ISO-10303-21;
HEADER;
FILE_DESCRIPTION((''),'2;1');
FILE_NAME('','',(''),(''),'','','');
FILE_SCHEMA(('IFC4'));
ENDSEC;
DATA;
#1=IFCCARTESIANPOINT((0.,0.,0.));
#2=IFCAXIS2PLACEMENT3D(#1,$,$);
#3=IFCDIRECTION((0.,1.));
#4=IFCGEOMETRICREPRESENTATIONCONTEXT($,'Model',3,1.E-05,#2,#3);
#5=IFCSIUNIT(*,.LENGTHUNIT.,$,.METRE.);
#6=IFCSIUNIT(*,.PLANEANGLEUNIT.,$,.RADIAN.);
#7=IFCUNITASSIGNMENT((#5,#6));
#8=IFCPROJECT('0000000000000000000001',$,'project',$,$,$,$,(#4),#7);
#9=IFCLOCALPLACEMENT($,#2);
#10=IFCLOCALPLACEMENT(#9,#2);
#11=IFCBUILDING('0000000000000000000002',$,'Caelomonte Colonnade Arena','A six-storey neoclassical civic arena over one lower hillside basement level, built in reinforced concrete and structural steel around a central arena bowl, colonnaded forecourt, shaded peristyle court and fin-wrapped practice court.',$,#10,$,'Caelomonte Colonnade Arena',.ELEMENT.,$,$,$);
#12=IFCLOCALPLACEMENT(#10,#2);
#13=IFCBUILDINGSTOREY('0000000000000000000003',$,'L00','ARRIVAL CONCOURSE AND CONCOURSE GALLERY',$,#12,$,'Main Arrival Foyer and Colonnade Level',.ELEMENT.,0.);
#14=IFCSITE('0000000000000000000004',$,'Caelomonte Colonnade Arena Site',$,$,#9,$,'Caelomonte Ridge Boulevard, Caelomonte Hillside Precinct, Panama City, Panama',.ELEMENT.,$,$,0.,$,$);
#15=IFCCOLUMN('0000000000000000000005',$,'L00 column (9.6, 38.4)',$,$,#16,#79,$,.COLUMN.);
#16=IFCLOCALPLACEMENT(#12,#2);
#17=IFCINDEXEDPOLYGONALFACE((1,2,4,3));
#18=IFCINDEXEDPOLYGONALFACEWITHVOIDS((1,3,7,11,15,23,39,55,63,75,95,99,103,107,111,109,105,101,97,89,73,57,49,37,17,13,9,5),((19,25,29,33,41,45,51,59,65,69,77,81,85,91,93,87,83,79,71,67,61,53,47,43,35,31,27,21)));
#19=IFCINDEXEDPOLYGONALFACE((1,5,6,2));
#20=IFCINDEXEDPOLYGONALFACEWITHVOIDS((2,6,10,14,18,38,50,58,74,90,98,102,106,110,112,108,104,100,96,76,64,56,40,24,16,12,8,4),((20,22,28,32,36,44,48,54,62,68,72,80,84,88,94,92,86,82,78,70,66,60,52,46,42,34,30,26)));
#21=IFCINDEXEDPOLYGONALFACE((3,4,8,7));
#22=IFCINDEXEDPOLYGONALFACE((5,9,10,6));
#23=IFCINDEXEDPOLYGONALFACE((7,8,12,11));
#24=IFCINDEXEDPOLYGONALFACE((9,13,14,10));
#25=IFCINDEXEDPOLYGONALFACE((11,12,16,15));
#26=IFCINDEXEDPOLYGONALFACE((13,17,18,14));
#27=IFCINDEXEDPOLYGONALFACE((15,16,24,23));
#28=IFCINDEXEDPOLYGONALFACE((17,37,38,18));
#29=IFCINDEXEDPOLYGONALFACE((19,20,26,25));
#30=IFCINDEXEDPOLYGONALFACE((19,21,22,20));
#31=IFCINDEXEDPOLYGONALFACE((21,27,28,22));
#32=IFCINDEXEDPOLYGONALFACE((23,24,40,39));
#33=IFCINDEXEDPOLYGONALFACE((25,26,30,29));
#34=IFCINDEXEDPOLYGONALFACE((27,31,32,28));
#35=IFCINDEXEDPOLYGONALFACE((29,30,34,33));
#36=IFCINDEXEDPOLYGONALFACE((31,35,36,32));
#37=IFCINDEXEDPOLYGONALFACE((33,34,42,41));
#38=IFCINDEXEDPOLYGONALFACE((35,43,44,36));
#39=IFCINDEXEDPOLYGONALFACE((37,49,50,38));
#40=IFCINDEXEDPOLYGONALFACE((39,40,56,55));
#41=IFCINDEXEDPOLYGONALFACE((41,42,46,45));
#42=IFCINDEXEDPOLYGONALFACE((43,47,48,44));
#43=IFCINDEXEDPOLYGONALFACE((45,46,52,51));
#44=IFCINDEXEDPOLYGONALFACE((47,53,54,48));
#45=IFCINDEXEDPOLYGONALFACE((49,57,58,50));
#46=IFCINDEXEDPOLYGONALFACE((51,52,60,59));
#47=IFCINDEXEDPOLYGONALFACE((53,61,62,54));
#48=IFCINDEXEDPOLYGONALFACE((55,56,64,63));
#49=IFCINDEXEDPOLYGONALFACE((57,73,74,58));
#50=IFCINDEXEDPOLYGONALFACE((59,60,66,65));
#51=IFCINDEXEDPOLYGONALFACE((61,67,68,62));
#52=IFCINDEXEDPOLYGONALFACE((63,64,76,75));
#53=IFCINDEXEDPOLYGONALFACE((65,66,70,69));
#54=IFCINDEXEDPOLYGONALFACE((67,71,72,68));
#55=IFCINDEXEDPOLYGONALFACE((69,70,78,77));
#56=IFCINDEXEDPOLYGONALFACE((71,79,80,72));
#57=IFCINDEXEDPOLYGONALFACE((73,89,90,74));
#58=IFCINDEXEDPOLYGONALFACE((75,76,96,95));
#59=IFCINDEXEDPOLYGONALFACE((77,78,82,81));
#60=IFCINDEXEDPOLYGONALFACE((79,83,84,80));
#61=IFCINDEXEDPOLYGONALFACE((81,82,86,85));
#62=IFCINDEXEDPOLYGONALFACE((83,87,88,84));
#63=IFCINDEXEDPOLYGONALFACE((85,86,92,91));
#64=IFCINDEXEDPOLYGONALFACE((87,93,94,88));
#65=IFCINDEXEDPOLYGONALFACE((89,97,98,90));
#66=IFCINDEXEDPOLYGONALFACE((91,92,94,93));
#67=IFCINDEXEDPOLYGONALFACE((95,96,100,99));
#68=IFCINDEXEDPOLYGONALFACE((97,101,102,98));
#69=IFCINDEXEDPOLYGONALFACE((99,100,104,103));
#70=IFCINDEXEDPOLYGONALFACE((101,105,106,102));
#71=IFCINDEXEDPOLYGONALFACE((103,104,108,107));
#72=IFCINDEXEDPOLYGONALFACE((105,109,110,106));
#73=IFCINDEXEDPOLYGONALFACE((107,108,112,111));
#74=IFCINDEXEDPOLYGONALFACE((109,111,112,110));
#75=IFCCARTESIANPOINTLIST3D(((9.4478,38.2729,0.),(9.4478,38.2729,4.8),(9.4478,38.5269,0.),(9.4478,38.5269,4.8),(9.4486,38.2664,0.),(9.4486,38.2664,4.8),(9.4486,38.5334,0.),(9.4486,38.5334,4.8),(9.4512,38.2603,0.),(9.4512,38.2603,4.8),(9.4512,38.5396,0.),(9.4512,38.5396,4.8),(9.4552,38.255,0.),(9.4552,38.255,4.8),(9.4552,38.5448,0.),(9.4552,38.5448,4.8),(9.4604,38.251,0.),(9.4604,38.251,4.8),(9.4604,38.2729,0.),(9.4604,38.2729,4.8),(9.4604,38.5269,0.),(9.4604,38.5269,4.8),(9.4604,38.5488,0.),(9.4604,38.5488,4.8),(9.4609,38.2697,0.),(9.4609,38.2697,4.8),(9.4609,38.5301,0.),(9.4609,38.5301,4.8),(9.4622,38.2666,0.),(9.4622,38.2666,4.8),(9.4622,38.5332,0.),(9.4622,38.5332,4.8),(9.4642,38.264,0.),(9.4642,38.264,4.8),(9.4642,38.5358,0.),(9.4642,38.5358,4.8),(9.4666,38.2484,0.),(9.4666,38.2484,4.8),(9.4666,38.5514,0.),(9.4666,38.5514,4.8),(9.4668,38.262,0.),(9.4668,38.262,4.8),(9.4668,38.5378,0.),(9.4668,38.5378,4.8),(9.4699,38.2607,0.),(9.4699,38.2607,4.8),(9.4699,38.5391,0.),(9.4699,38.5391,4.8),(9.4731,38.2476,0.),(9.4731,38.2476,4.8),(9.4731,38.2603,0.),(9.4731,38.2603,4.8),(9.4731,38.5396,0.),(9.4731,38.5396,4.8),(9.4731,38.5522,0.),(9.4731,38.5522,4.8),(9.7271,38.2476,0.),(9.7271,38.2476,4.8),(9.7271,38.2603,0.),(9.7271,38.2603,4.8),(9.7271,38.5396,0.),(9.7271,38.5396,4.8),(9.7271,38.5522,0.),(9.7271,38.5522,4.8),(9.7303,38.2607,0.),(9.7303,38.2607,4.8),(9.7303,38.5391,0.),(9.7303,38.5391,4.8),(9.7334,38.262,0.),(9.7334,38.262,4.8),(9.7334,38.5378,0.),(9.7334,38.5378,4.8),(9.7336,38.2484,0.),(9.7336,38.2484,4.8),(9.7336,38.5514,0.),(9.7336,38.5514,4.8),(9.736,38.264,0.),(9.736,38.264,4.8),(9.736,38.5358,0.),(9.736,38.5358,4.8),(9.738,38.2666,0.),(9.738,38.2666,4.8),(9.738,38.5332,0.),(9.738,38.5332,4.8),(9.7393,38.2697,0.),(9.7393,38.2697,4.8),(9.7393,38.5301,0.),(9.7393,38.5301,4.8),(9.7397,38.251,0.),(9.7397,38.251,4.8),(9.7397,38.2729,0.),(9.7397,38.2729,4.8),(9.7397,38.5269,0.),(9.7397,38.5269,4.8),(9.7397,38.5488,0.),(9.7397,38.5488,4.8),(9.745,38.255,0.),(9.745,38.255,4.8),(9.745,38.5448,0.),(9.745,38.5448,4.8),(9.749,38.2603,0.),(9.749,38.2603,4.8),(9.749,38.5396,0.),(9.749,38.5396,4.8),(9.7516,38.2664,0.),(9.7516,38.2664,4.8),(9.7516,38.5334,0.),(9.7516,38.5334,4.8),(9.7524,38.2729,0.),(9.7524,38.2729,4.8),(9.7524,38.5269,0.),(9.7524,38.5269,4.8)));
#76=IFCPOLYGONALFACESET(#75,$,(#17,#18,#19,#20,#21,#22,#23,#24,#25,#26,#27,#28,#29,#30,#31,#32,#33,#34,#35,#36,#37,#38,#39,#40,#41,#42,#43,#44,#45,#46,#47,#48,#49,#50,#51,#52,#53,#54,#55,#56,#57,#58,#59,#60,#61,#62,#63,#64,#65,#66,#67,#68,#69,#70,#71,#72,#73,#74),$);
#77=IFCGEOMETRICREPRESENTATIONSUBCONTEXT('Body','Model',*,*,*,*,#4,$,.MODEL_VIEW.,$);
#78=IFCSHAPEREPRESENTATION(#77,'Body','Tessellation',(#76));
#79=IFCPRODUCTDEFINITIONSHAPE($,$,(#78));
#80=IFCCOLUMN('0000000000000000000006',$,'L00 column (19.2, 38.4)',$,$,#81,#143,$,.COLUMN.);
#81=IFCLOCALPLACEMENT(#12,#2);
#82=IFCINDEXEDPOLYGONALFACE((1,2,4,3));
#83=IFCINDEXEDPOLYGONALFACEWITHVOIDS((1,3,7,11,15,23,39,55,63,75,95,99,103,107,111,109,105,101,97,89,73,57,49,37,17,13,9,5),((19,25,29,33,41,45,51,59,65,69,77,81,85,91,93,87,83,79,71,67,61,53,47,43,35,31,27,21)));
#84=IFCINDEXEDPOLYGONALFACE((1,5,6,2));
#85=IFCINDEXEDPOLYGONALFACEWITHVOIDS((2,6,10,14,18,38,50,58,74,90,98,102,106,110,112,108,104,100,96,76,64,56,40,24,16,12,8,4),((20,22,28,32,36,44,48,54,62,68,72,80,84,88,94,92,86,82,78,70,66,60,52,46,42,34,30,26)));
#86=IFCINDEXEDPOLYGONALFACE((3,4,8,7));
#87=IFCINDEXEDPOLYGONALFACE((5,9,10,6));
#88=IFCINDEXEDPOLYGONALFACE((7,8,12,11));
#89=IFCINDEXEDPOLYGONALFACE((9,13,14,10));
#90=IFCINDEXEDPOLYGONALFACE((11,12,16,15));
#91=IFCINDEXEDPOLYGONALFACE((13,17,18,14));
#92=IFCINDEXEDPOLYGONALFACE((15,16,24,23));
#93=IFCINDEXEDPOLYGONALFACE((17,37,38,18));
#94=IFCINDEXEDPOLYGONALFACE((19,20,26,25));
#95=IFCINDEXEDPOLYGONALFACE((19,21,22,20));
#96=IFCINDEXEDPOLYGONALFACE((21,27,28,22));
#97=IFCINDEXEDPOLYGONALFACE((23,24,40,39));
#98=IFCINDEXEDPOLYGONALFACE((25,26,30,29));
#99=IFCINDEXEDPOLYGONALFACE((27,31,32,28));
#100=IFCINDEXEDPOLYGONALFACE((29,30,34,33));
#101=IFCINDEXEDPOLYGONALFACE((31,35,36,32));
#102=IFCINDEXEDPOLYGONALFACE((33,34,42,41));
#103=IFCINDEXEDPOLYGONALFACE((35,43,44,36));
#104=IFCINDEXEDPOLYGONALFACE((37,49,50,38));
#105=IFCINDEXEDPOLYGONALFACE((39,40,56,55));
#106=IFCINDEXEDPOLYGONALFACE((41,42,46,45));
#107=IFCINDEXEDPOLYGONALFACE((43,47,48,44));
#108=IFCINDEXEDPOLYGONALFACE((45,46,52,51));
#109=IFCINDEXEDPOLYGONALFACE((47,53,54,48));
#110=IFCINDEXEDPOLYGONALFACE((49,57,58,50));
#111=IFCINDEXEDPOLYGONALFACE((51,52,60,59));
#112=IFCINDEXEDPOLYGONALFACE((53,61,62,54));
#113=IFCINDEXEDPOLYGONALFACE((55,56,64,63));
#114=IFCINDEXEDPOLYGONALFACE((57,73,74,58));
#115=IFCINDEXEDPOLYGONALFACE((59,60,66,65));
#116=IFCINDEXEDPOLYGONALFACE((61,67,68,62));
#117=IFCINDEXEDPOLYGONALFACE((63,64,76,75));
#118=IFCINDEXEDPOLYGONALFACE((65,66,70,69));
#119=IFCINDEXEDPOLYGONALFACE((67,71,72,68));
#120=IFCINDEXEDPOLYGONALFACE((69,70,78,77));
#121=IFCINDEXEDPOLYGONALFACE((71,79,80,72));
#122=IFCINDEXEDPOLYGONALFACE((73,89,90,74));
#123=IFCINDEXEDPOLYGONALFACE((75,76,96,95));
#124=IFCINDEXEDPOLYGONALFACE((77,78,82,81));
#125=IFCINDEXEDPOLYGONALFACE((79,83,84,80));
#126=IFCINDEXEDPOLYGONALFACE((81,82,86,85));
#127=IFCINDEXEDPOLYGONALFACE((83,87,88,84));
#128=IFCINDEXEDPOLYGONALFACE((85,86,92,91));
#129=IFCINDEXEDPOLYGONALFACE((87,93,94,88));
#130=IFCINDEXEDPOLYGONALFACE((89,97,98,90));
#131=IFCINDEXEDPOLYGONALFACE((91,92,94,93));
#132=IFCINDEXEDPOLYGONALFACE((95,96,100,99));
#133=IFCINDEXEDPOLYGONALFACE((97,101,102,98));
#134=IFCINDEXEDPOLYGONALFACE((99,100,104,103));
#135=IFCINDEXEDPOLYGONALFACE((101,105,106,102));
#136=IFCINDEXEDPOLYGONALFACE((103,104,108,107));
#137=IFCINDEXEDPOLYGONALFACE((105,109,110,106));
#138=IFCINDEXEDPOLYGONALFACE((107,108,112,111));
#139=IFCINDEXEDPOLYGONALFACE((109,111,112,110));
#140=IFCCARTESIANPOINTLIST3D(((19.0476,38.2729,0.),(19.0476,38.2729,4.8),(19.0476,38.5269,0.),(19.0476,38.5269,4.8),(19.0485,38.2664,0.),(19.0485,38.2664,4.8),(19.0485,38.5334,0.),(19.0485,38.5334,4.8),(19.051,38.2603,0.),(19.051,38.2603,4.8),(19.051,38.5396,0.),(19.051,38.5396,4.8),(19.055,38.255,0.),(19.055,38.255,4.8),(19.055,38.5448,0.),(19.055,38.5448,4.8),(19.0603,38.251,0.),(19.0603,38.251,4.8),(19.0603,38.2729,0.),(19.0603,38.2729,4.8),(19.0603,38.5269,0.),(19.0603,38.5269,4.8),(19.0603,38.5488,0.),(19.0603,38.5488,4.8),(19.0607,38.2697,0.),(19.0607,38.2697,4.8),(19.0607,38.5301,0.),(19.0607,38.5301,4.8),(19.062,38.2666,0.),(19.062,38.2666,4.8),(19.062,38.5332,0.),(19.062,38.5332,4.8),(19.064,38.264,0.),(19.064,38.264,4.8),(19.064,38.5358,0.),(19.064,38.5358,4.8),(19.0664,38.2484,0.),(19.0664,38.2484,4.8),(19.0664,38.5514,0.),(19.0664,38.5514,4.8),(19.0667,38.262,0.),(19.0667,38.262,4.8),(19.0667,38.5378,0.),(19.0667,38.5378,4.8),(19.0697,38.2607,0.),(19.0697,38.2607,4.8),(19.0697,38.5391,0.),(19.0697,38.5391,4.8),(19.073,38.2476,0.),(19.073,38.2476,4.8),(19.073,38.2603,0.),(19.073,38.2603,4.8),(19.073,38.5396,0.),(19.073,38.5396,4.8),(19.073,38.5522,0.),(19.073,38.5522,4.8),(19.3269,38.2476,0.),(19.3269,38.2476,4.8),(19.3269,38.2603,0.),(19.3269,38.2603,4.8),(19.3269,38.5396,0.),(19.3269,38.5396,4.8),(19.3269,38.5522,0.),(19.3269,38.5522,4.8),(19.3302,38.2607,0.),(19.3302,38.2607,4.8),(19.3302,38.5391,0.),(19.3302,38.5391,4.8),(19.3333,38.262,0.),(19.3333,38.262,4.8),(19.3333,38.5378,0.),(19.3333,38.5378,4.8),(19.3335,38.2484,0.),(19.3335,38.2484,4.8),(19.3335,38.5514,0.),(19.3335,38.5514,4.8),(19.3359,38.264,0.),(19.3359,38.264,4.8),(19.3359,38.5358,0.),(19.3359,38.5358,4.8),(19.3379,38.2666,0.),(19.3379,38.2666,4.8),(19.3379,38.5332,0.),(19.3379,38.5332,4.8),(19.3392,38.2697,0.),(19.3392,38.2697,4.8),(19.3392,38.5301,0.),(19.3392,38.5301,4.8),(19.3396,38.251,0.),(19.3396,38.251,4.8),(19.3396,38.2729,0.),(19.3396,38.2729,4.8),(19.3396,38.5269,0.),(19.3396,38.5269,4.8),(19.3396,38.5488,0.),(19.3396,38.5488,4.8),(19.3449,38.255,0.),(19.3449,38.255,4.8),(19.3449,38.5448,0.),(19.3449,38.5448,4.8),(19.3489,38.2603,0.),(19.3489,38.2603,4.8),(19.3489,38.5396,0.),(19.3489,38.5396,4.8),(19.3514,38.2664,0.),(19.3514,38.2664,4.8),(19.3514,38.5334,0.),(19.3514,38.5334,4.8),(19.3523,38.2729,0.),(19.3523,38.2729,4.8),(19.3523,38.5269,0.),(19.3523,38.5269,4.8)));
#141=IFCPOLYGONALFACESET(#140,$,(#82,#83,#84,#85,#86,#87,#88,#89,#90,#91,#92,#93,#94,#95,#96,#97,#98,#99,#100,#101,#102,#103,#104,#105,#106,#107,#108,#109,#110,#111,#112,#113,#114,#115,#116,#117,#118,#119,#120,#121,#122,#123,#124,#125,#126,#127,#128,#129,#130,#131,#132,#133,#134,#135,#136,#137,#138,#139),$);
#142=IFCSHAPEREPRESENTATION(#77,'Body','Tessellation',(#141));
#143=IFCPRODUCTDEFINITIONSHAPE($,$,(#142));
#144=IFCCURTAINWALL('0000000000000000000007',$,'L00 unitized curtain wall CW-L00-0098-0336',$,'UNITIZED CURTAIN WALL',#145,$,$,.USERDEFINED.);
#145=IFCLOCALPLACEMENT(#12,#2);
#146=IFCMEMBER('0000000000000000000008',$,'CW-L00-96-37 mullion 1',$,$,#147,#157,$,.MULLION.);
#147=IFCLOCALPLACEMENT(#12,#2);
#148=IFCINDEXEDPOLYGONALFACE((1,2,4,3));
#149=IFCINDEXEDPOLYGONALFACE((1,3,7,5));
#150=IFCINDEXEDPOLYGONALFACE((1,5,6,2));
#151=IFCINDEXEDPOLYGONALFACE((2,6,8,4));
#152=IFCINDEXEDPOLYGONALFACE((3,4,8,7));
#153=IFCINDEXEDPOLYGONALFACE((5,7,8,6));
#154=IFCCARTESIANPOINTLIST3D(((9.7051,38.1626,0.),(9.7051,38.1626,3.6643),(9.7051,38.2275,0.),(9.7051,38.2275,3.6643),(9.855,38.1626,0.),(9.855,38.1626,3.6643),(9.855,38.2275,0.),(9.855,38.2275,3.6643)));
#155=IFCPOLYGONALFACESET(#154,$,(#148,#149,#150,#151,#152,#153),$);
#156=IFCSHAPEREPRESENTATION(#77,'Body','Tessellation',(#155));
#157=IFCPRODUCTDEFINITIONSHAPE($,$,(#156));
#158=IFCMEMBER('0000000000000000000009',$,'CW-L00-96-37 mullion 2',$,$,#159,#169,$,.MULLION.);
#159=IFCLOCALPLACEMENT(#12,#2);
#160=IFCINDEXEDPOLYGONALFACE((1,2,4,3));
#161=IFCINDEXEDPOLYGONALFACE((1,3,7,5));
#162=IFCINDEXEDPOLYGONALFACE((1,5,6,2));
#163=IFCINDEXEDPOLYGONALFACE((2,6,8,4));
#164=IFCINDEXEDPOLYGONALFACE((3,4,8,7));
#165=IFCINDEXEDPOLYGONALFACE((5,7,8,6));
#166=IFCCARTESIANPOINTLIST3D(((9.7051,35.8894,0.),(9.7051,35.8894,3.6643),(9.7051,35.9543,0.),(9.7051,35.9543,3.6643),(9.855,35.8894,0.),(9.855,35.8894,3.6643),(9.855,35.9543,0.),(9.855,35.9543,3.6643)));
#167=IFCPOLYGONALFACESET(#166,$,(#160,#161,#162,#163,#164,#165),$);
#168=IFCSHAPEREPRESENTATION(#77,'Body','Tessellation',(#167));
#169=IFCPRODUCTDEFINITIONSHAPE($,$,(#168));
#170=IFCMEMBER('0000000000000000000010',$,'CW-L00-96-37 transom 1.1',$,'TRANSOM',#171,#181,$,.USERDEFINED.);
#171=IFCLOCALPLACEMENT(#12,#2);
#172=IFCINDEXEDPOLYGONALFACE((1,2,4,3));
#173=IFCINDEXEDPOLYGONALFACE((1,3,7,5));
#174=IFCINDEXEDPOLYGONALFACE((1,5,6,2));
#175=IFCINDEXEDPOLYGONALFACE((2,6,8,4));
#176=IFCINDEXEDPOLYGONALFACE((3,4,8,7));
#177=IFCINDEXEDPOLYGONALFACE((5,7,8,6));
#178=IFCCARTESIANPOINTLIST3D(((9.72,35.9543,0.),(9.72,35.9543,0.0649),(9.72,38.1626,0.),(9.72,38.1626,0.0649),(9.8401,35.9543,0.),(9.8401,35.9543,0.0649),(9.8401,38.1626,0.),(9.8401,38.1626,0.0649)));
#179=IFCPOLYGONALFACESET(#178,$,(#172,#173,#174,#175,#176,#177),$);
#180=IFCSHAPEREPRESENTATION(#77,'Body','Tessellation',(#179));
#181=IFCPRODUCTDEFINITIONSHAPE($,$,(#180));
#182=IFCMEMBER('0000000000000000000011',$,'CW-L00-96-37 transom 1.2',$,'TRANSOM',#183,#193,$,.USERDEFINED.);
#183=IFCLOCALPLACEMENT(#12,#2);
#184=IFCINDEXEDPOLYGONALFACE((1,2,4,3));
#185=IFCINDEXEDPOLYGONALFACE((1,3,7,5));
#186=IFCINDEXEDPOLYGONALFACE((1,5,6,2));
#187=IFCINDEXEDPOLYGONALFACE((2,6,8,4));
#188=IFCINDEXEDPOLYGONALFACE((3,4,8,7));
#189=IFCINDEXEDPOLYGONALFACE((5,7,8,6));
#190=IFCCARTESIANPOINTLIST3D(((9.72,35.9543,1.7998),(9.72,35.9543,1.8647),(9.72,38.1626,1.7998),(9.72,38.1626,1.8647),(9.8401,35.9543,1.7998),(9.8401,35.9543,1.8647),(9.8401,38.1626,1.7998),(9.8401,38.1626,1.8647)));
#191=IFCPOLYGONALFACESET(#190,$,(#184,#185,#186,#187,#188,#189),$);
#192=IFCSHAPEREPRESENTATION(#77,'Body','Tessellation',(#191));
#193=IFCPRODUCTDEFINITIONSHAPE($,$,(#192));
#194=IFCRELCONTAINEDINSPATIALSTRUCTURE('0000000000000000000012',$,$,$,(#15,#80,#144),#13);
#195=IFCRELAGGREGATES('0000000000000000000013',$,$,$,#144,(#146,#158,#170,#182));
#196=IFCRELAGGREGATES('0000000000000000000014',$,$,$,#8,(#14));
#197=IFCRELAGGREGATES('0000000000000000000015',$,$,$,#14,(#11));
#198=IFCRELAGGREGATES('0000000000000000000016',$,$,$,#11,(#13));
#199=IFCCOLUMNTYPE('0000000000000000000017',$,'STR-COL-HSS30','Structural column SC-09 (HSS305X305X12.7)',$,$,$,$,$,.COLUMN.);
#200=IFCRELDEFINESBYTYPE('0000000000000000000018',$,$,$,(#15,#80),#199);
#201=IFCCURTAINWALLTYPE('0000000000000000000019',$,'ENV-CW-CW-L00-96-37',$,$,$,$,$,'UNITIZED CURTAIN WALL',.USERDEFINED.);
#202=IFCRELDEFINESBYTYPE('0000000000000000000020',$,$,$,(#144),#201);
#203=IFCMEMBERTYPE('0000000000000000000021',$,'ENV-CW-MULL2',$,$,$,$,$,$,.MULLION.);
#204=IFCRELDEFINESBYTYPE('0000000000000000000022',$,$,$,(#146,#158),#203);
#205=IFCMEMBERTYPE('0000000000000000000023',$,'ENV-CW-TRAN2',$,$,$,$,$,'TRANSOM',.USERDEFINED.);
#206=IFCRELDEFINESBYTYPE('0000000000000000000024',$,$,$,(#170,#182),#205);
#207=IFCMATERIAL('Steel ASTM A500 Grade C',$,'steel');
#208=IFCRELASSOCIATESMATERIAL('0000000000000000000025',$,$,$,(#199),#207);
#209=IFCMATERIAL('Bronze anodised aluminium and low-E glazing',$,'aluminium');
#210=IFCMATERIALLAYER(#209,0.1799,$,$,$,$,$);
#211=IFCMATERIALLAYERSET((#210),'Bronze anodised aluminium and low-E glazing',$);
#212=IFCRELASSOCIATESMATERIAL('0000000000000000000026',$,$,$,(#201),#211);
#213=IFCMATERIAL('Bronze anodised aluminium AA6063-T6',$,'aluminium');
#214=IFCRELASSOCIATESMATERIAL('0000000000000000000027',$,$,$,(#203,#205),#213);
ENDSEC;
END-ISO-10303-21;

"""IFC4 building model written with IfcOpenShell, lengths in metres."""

from ifc_helpers import new_model, si_unit, direction, frame, origin, origin_2d, place, context, subcontext, project, spatial, rectangle, hollow_rectangle, extrude, material, layer, layer_set, material_profile, profile_set, type_object, element, aggregate, save


model = new_model("IFC4")

# Units and contexts
model_context = context("Model", 3, precision=1e-05, world=origin(), true_north=direction((0.0, 1.0)))
body_context = subcontext(model_context, "Body", "Model", "MODEL_VIEW")
ifc_project = project(units=[si_unit("LENGTHUNIT", "METRE"), si_unit("PLANEANGLEUNIT", "RADIAN")], contexts=[model_context])

# Site, building, storey
site_placement = place(None, origin())
site = spatial("IfcSite", under=ifc_project, at=site_placement, Name="Caelomonte Colonnade Arena Site", LongName="Caelomonte Ridge Boulevard, Caelomonte Hillside Precinct, Panama City, Panama", CompositionType="ELEMENT", RefElevation=0.0)
building_placement = place(site_placement, origin())
building = spatial("IfcBuilding", under=site, at=building_placement, Name="Caelomonte Colonnade Arena", Description="A six-storey neoclassical civic arena over one lower hillside basement level, built in reinforced concrete and structural steel around a central arena bowl, colonnaded forecourt, shaded peristyle court and fin-wrapped practice court.", LongName="Caelomonte Colonnade Arena", CompositionType="ELEMENT")
storey_placement = place(building_placement, origin())
storey = spatial("IfcBuildingStorey", under=building, at=storey_placement, Name="L00", Description="ARRIVAL CONCOURSE AND CONCOURSE GALLERY", LongName="Main Arrival Foyer and Colonnade Level", CompositionType="ELEMENT", Elevation=0.0)

# Columns
ifc_material_1 = material(Name="Steel ASTM A500 Grade C", Category="steel")
ifc_material_profile_1 = material_profile(ifc_material_1, hollow_rectangle(XDim=0.3047, YDim=0.3047, WallThickness=0.0127, InnerFilletRadius=0.0127, OuterFilletRadius=0.0254, at=origin_2d()), Name="HSS305X305X12.7")
ifc_profile_set_1 = profile_set([ifc_material_profile_1], Name="Steel ASTM A500 Grade C")
column_type = type_object("IfcColumnType", Name="STR-COL-HSS30", Description="Structural column SC-09 (HSS305X305X12.7)", PredefinedType="COLUMN", material=ifc_profile_set_1)
for number, where, z_axis, x_axis, name in (
    (1, (9.6001, 38.3999, 0.0), (0.0, 0.0, 1.0), (1.0, 0.0, 0.0), "L00 column (9.6, 38.4)"),
    (2, (19.2, 38.3999, 0.0), (0.0, 0.0, 1.0), (1.0, 0.0, 0.0), "L00 column (19.2, 38.4)"),
):
    element("IfcColumn", number, at=place(storey_placement, frame(where, z_axis=z_axis, x_axis=x_axis)), inside=storey, type_object=column_type, Name=name, PredefinedType="COLUMN", context=body_context, shape_type="SweptSolid", body=[
        extrude(hollow_rectangle(XDim=0.3047, YDim=0.3047, WallThickness=0.0127, InnerFilletRadius=0.0127, OuterFilletRadius=0.0254, at=origin_2d()), origin(), (0.0, 0.0, 1.0), 4.8),
    ])

# Curtain wall, members
ifc_material_2 = material(Name="Bronze anodised aluminium and low-E glazing", Category="aluminium")
ifc_layer_1 = layer(ifc_material_2, 0.1799)
ifc_layer_set_1 = layer_set([ifc_layer_1], Name="Bronze anodised aluminium and low-E glazing")
curtain_wall_type = type_object("IfcCurtainWallType", Name="ENV-CW-CW-L00-96-37", ElementType="UNITIZED CURTAIN WALL", PredefinedType="USERDEFINED", material=ifc_layer_set_1)
curtain_wall_placement = place(storey_placement, origin())
curtain_wall = element("IfcCurtainWall", 3, at=curtain_wall_placement, inside=storey, type_object=curtain_wall_type, Name="L00 unitized curtain wall CW-L00-0098-0336", ObjectType="UNITIZED CURTAIN WALL", PredefinedType="USERDEFINED")
ifc_material_3 = material(Name="Bronze anodised aluminium AA6063-T6", Category="aluminium")
ifc_material_profile_2 = material_profile(ifc_material_3, rectangle(XDim=0.0649, YDim=0.1499, at=origin_2d()), Name="CWM-65X150")
ifc_profile_set_2 = profile_set([ifc_material_profile_2], Name="Bronze anodised aluminium AA6063-T6")
member_type_1 = type_object("IfcMemberType", Name="ENV-CW-MULL2", PredefinedType="MULLION", material=ifc_profile_set_2)
member_1_placement = place(storey_placement, frame((9.78, 38.1951, 0.0), z_axis=(0.0, 0.0, 1.0), x_axis=(0.0, -1.0, 0.0)))
member_1 = element("IfcMember", 4, at=member_1_placement, type_object=member_type_1, Name="CW-L00-96-37 mullion 1", PredefinedType="MULLION", context=body_context, shape_type="SweptSolid", body=[
    extrude(rectangle(XDim=0.0649, YDim=0.1499, at=origin_2d()), origin(), (0.0, 0.0, 1.0), 3.6643),
])
member_2_placement = place(storey_placement, frame((9.78, 35.9219, 0.0), z_axis=(0.0, 0.0, 1.0), x_axis=(0.0, -1.0, 0.0)))
member_2 = element("IfcMember", 5, at=member_2_placement, type_object=member_type_1, Name="CW-L00-96-37 mullion 2", PredefinedType="MULLION", context=body_context, shape_type="SweptSolid", body=[
    extrude(rectangle(XDim=0.0649, YDim=0.1499, at=origin_2d()), origin(), (0.0, 0.0, 1.0), 3.6643),
])
ifc_material_profile_3 = material_profile(ifc_material_3, rectangle(XDim=0.0649, YDim=0.1201, at=origin_2d()), Name="CWT-65X120")
ifc_profile_set_3 = profile_set([ifc_material_profile_3], Name="Bronze anodised aluminium AA6063-T6")
member_type_2 = type_object("IfcMemberType", Name="ENV-CW-TRAN2", ElementType="TRANSOM", PredefinedType="USERDEFINED", material=ifc_profile_set_3)
member_3_placement = place(storey_placement, frame((9.78, 38.1626, 0.0325), z_axis=(0.0, -1.0, 0.0), x_axis=(0.0, 0.0, 1.0)))
member_3 = element("IfcMember", 6, at=member_3_placement, type_object=member_type_2, Name="CW-L00-96-37 transom 1.1", ObjectType="TRANSOM", PredefinedType="USERDEFINED", context=body_context, shape_type="SweptSolid", body=[
    extrude(rectangle(XDim=0.0649, YDim=0.1201, at=origin_2d()), origin(), (0.0, 0.0, 1.0), 2.2083),
])
member_4_placement = place(storey_placement, frame((9.78, 38.1626, 1.8323), z_axis=(0.0, -1.0, 0.0), x_axis=(0.0, 0.0, 1.0)))
member_4 = element("IfcMember", 7, at=member_4_placement, type_object=member_type_2, Name="CW-L00-96-37 transom 1.2", ObjectType="TRANSOM", PredefinedType="USERDEFINED", context=body_context, shape_type="SweptSolid", body=[
    extrude(rectangle(XDim=0.0649, YDim=0.1201, at=origin_2d()), origin(), (0.0, 0.0, 1.0), 2.2083),
])

aggregate(curtain_wall, [member_1, member_2, member_3, member_4])

save(model, "model.ifc")
